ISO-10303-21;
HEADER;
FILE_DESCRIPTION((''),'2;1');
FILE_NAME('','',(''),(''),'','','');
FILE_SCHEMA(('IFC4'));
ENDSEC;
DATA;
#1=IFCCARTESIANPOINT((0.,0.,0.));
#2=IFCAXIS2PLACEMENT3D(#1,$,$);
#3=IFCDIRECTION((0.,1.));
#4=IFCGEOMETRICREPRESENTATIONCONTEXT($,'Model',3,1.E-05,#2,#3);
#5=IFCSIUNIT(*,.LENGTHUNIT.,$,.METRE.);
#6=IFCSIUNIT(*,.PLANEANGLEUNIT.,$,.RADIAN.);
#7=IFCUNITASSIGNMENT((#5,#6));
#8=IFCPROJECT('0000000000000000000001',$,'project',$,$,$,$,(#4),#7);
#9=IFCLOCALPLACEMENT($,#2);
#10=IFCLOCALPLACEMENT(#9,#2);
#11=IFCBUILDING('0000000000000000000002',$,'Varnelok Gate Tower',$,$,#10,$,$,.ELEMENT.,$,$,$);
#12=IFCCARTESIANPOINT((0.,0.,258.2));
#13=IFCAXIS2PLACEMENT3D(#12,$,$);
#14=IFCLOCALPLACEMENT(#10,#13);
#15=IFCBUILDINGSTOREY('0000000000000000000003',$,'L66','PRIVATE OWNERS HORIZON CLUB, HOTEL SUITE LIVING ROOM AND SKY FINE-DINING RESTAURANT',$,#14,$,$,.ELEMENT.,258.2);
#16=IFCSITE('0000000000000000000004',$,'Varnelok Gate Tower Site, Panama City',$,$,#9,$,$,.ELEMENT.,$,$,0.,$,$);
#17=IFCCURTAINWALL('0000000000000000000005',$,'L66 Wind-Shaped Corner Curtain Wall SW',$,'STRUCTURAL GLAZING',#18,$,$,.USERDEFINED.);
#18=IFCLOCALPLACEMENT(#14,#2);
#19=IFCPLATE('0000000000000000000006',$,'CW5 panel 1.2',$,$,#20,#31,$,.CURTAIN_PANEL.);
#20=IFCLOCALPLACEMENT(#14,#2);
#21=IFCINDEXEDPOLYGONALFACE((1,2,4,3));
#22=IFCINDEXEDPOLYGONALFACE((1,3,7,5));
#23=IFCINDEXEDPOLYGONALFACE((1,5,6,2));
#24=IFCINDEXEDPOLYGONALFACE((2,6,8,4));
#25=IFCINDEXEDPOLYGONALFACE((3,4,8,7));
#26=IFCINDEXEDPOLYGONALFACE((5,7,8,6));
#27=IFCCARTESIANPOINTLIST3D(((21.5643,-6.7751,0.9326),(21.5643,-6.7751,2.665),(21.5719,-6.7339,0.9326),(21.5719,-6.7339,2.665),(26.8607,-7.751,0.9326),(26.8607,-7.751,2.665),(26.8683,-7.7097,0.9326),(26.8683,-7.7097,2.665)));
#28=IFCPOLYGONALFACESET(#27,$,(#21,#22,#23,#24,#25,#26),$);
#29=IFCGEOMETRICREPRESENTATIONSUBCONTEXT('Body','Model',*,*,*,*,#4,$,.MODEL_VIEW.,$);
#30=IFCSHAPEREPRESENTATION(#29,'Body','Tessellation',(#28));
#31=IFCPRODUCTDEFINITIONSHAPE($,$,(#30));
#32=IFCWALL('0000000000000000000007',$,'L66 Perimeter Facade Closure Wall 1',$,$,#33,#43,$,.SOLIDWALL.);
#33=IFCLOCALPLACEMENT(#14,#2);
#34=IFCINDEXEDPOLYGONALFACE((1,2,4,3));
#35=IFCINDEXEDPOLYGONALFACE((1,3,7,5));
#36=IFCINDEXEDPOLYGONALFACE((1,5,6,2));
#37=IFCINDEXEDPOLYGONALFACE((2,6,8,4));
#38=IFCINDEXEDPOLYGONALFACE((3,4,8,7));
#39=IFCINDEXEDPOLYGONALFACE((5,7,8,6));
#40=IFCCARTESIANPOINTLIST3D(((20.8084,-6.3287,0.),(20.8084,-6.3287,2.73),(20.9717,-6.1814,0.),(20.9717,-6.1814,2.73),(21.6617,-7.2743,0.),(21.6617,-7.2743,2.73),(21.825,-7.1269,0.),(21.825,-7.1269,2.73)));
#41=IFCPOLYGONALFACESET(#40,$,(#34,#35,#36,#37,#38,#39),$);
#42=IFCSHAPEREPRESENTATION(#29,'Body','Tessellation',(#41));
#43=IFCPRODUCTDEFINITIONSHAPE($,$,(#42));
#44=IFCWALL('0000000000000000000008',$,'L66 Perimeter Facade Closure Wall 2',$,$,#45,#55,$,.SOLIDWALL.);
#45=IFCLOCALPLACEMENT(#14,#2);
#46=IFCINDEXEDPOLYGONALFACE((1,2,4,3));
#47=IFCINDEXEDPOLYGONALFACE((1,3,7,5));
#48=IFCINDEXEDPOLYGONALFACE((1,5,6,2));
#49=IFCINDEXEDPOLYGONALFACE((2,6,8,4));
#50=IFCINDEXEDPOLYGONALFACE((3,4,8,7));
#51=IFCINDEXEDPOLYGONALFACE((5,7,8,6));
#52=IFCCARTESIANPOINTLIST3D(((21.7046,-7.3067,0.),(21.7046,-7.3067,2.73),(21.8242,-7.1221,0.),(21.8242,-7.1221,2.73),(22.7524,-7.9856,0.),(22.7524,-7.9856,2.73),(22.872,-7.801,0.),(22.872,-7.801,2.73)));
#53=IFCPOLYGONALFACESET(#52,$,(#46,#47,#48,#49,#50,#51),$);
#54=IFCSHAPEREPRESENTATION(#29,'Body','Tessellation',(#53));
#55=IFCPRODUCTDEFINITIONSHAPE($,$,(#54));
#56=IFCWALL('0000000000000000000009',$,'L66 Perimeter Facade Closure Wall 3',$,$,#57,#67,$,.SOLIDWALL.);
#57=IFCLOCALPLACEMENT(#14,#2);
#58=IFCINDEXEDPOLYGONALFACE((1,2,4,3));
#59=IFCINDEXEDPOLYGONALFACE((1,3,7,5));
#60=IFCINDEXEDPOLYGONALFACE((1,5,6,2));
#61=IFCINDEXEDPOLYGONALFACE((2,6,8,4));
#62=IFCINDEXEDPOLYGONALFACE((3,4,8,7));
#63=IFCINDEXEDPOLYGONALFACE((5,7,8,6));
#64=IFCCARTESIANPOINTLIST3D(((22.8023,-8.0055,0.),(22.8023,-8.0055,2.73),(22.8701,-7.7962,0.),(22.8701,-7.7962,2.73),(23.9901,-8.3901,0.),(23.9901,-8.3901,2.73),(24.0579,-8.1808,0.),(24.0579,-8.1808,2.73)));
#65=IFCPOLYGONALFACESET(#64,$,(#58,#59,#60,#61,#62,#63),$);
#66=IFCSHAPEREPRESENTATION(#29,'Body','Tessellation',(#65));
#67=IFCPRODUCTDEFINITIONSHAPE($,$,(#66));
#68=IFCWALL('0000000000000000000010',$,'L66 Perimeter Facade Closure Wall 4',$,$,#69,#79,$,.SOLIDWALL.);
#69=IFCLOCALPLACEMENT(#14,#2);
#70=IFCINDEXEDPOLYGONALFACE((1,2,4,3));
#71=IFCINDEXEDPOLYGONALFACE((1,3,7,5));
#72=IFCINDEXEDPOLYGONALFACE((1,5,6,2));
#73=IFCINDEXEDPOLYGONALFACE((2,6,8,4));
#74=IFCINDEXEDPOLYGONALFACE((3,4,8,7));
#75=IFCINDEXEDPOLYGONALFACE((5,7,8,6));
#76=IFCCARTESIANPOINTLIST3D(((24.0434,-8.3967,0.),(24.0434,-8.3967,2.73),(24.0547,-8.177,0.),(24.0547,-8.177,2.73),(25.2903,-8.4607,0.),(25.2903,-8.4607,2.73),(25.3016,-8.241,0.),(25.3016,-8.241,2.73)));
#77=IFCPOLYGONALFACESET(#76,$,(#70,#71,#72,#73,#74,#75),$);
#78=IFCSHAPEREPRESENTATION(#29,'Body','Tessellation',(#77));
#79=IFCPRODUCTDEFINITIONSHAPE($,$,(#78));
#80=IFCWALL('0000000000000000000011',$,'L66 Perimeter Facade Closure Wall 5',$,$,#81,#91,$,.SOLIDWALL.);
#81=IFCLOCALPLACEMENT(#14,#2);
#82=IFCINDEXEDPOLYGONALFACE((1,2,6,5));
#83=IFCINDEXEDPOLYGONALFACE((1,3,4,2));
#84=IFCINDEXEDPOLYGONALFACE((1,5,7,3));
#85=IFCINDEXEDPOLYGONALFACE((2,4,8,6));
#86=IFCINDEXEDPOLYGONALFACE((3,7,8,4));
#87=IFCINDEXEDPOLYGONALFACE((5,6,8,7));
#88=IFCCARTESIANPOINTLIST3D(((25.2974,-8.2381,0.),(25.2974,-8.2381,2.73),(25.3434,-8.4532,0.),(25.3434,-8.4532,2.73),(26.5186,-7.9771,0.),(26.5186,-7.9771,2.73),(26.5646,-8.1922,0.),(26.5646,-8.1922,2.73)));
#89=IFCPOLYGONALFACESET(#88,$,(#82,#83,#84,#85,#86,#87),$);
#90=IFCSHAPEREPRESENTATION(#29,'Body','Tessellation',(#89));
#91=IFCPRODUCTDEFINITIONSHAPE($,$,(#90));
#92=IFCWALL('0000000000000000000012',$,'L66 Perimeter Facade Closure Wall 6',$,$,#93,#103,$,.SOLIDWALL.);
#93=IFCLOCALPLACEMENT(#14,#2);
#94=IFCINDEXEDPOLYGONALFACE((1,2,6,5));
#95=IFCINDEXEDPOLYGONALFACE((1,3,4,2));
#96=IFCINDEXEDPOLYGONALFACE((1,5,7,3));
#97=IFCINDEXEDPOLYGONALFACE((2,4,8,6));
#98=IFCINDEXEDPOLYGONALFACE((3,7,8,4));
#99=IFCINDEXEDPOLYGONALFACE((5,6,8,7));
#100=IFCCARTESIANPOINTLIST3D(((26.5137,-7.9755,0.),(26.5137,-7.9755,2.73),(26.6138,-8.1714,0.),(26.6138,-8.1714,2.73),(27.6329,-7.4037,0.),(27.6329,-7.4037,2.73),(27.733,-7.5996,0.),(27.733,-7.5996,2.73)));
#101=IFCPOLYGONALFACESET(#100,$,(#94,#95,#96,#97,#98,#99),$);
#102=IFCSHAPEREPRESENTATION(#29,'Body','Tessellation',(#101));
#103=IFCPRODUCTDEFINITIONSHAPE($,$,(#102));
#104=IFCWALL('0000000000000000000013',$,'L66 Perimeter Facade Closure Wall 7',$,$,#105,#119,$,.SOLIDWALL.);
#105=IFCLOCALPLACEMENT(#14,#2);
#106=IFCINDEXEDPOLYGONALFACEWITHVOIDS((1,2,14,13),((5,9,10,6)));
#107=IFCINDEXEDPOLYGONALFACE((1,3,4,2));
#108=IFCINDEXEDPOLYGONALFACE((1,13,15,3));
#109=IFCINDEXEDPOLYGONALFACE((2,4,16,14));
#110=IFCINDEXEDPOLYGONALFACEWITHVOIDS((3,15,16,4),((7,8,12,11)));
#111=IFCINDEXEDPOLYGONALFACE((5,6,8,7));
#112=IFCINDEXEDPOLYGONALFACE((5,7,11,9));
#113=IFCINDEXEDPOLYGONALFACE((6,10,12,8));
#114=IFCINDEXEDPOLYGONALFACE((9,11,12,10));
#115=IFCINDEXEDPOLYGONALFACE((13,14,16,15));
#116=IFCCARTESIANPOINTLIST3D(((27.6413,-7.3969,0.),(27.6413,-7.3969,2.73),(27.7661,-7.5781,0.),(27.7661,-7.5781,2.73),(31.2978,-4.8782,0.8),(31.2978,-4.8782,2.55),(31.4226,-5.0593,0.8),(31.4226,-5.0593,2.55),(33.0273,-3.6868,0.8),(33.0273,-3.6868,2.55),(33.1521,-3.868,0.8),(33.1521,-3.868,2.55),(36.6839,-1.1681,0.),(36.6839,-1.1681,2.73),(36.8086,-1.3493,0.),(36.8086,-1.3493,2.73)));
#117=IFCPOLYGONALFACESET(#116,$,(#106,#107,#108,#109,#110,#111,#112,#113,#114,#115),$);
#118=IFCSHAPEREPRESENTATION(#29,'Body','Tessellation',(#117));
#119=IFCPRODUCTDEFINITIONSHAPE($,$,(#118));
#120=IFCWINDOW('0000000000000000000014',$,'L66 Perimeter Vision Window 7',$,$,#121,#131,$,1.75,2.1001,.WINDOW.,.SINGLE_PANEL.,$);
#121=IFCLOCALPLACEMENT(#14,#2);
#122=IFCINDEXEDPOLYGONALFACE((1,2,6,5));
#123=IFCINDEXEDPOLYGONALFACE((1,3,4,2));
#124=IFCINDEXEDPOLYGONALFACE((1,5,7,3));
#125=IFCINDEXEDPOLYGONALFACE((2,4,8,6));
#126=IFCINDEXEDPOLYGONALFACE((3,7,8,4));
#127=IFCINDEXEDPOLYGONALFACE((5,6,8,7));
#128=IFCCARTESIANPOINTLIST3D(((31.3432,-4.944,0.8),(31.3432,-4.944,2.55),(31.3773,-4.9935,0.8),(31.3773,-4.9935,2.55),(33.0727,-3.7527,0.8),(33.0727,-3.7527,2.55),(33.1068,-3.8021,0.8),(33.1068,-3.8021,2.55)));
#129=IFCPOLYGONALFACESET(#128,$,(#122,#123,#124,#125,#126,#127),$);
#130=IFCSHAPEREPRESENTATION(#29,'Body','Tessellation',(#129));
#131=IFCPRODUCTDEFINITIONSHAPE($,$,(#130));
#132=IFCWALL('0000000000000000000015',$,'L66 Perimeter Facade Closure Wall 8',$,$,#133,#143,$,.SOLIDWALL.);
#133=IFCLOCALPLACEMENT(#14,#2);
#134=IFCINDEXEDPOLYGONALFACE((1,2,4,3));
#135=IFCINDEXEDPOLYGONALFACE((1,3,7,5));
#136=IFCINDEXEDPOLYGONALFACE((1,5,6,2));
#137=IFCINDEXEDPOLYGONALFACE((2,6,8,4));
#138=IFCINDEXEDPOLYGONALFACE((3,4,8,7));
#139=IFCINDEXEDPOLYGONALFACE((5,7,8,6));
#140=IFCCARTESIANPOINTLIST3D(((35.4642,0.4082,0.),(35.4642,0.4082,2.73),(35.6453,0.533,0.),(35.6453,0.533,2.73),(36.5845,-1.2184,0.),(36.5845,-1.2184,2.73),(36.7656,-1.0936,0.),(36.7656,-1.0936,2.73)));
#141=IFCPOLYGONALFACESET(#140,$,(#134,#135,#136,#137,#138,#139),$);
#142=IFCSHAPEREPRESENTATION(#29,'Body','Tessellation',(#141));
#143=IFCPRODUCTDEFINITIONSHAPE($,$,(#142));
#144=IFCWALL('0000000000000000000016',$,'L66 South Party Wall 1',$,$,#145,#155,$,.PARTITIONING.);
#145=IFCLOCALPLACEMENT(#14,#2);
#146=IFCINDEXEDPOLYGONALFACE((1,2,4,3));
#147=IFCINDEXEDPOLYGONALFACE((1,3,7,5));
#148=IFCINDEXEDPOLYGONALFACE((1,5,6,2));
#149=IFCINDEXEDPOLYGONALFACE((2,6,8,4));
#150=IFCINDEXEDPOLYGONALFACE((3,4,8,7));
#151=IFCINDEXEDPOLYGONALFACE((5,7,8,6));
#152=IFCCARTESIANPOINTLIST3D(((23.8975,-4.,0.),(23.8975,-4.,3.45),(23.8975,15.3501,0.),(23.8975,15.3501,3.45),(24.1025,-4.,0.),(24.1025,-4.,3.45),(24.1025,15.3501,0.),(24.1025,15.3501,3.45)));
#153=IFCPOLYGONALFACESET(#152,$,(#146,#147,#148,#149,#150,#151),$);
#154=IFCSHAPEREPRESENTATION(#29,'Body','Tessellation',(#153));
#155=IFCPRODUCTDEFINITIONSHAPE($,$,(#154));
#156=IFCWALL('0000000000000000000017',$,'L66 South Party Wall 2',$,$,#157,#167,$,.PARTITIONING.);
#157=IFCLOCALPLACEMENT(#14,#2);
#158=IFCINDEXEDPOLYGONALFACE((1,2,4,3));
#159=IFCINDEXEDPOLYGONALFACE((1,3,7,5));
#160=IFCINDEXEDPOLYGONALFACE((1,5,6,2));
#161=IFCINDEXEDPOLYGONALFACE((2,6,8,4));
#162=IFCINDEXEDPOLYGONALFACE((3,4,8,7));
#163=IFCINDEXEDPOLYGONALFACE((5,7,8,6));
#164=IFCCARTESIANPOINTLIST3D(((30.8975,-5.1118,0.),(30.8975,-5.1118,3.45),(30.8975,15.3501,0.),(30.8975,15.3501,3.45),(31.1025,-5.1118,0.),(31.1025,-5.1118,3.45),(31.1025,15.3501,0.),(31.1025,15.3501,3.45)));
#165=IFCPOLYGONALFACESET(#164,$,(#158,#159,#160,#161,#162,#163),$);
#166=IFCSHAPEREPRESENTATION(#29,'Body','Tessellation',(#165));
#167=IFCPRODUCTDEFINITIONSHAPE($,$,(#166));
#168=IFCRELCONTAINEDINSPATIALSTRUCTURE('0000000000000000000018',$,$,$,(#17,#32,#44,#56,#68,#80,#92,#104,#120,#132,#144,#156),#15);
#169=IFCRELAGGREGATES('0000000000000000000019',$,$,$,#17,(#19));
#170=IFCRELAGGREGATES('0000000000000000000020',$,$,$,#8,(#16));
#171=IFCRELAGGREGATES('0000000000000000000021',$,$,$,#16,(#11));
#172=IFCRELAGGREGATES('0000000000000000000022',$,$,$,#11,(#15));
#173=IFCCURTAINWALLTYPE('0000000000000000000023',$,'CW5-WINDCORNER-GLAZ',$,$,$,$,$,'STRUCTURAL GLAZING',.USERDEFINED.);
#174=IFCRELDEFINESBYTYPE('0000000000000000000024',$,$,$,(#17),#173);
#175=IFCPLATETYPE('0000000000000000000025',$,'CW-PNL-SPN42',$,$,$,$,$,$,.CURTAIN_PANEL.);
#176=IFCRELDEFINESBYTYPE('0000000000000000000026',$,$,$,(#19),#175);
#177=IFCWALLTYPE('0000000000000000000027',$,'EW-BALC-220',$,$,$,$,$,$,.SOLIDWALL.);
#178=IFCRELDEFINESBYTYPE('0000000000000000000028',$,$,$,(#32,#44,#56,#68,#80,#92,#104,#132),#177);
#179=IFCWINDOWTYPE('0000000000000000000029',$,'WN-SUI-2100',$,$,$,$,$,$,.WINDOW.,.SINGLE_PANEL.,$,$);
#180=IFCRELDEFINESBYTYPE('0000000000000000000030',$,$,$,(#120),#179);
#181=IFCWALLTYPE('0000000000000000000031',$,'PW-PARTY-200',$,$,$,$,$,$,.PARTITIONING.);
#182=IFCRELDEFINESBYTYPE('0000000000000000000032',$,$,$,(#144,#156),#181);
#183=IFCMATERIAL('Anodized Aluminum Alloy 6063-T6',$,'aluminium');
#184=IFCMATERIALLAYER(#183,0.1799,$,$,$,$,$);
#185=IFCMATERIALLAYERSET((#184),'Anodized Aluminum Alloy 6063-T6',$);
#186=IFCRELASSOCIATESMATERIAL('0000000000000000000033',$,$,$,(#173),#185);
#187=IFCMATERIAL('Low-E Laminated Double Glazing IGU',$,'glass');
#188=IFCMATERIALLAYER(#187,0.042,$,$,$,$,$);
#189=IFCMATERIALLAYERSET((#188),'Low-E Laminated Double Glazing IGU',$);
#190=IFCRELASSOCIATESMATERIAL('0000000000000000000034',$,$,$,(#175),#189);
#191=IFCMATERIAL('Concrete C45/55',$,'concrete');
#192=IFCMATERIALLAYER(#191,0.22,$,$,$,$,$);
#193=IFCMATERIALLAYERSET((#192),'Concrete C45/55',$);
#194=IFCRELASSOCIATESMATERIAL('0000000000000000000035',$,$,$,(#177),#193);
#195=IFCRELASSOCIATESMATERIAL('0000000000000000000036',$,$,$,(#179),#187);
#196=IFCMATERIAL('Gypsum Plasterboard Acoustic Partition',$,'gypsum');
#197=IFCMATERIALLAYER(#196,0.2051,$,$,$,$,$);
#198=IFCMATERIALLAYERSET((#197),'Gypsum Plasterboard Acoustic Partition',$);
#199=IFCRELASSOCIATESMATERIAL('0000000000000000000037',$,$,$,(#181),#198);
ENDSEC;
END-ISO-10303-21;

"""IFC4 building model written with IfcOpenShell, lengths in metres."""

from ifc_helpers import new_model, si_unit, direction, frame, frame_2d, origin, origin_2d, place, context, subcontext, project, spatial, rectangle, extrude, source, transform, mapped, material, layer, layer_set, type_object, element, fill, aggregate, save


model = new_model("IFC4")

# Units and contexts
model_context = context("Model", 3, precision=1e-05, world=origin(), true_north=direction((0.0, 1.0)))
body_context = subcontext(model_context, "Body", "Model", "MODEL_VIEW")
ifc_project = project(units=[si_unit("LENGTHUNIT", "METRE"), si_unit("PLANEANGLEUNIT", "RADIAN")], contexts=[model_context])

# Site, building, storey
site_placement = place(None, origin())
site = spatial("IfcSite", under=ifc_project, at=site_placement, Name="Varnelok Gate Tower Site, Panama City", CompositionType="ELEMENT", RefElevation=0.0)
building_placement = place(site_placement, origin())
building = spatial("IfcBuilding", under=site, at=building_placement, Name="Varnelok Gate Tower", CompositionType="ELEMENT")
storey_placement = place(building_placement, frame((0.0, 0.0, 258.2)))
storey = spatial("IfcBuildingStorey", under=building, at=storey_placement, Name="L66", Description="PRIVATE OWNERS HORIZON CLUB, HOTEL SUITE LIVING ROOM AND SKY FINE-DINING RESTAURANT", CompositionType="ELEMENT", Elevation=258.2)

# Curtain wall
ifc_material_1 = material(Name="Anodized Aluminum Alloy 6063-T6", Category="aluminium")
ifc_layer_1 = layer(ifc_material_1, 0.1799)
ifc_layer_set_1 = layer_set([ifc_layer_1], Name="Anodized Aluminum Alloy 6063-T6")
curtain_wall_type_1 = type_object("IfcCurtainWallType", Name="CW5-WINDCORNER-GLAZ", ElementType="STRUCTURAL GLAZING", PredefinedType="USERDEFINED", material=ifc_layer_set_1)
curtain_wall_1_placement = place(storey_placement, origin())
curtain_wall_1 = element("IfcCurtainWall", 1, at=curtain_wall_1_placement, inside=storey, type_object=curtain_wall_type_1, Name="L66 Wind-Shaped Corner Curtain Wall SW", ObjectType="STRUCTURAL GLAZING", PredefinedType="USERDEFINED")

# Plate
ifc_material_2 = material(Name="Low-E Laminated Double Glazing IGU", Category="glass")
ifc_layer_2 = layer(ifc_material_2, 0.042)
ifc_layer_set_2 = layer_set([ifc_layer_2], Name="Low-E Laminated Double Glazing IGU")
plate_type = type_object("IfcPlateType", Name="CW-PNL-SPN42", PredefinedType="CURTAIN_PANEL", material=ifc_layer_set_2)
shared_shape_1 = source(origin(), body_context, "Body", "SweptSolid", [
    extrude(rectangle(XDim=5.3855, YDim=0.042, at=origin_2d()), origin(), (0.0, 0.0, 1.0), 1.7324),
])
plate_1_placement = place(storey_placement, frame((24.2163, -7.2424, 0.9326), z_axis=(0.0, 0.0, 1.0), x_axis=(0.983446, -0.181202, 0.0)))
plate_1 = element("IfcPlate", 2, at=plate_1_placement, type_object=plate_type, Name="CW5 panel 1.2", PredefinedType="CURTAIN_PANEL", context=body_context, shape_type="MappedRepresentation", body=[
    mapped(shared_shape_1, transform((0.0, 0.0, 0.0), scale=1.0)),
])
aggregate(curtain_wall_1, [plate_1])

# Walls
ifc_material_3 = material(Name="Concrete C45/55", Category="concrete")
ifc_layer_3 = layer(ifc_material_3, 0.22)
ifc_layer_set_3 = layer_set([ifc_layer_3], Name="Concrete C45/55")
wall_type_1 = type_object("IfcWallType", Name="EW-BALC-220", PredefinedType="SOLIDWALL", material=ifc_layer_set_3)
wall_1_placement = place(storey_placement, frame((20.8901, -6.2551, 0.0), z_axis=(0.0, 0.0, 1.0), x_axis=(0.669949, -0.742407, 0.0)))
element("IfcWall", 3, at=wall_1_placement, inside=storey, type_object=wall_type_1, Name="L66 Perimeter Facade Closure Wall 1", PredefinedType="SOLIDWALL", context=body_context, shape_type="SweptSolid", body=[
    extrude(rectangle(XDim=1.2737, YDim=0.22, at=frame_2d((0.6367, 0.0))), origin(), (0.0, 0.0, 1.0), 2.73),
])
for number, where, z_axis, x_axis, name in (
    (4, (21.7644, -7.2144, 0.0), (0.0, 0.0, 1.0), (0.839229, -0.543778, 0.0), "L66 Perimeter Facade Closure Wall 2"),
    (5, (22.8362, -7.9009, 0.0), (0.0, 0.0, 1.0), (0.951386, -0.308003, 0.0), "L66 Perimeter Facade Closure Wall 3"),
    (6, (24.0491, -8.2869, 0.0), (0.0, 0.0, 1.0), (0.998687, -0.051235, 0.0), "L66 Perimeter Facade Closure Wall 4"),
):
    element("IfcWall", number, at=place(storey_placement, frame(where, z_axis=z_axis, x_axis=x_axis)), inside=storey, type_object=wall_type_1, Name=name, PredefinedType="SOLIDWALL", context=body_context, shape_type="SweptSolid", body=[
        extrude(rectangle(XDim=1.2485, YDim=0.22, at=frame_2d((0.6243, 0.0))), origin(), (0.0, 0.0, 1.0), 2.73),
    ])
wall_2_placement = place(storey_placement, frame((25.3203, -8.3457, 0.0), z_axis=(0.0, 0.0, 1.0), x_axis=(0.977917, 0.208995, 0.0)))
element("IfcWall", 7, at=wall_2_placement, inside=storey, type_object=wall_type_1, Name="L66 Perimeter Facade Closure Wall 5", PredefinedType="SOLIDWALL", context=body_context, shape_type="SweptSolid", body=[
    extrude(rectangle(XDim=1.2488, YDim=0.22, at=frame_2d((0.6245, 0.0))), origin(), (0.0, 0.0, 1.0), 2.73),
])
wall_3_placement = place(storey_placement, frame((26.5637, -8.0735, 0.0), z_axis=(0.0, 0.0, 1.0), x_axis=(0.890508, 0.454967, 0.0)))
element("IfcWall", 8, at=wall_3_placement, inside=storey, type_object=wall_type_1, Name="L66 Perimeter Facade Closure Wall 6", PredefinedType="SOLIDWALL", context=body_context, shape_type="SweptSolid", body=[
    extrude(rectangle(XDim=1.2568, YDim=0.22, at=frame_2d((0.6284, 0.0))), origin(), (0.0, 0.0, 1.0), 2.73),
])

# Wall, opening, window
wall_4_placement = place(storey_placement, frame((27.7036, -7.4875, 0.0), z_axis=(0.0, 0.0, 1.0), x_axis=(0.823529, 0.567274, 0.0)))
wall_4 = element("IfcWall", 9, at=wall_4_placement, inside=storey, type_object=wall_type_1, Name="L66 Perimeter Facade Closure Wall 7", PredefinedType="SOLIDWALL", context=body_context, shape_type="SweptSolid", body=[
    extrude(rectangle(XDim=10.9802, YDim=0.22, at=frame_2d((5.4902, 0.0))), origin(), (0.0, 0.0, 1.0), 2.73),
])
opening_placement = place(wall_4_placement, frame((4.4402, 0.0, 0.8)))
opening = element("IfcOpeningElement", 10, at=opening_placement, cuts=wall_4, PredefinedType="OPENING", context=body_context, shape_type="SweptSolid", body=[
    extrude(rectangle(XDim=2.1001, YDim=1.75, at=frame_2d((1.05, 0.875))), frame((0.0, 0.1199, 0.0), z_axis=(0.0, -1.0, 0.0), x_axis=(1.0, 0.0, 0.0)), (0.0, 0.0, 1.0), 0.24),
])
window_type = type_object("IfcWindowType", Name="WN-SUI-2100", PartitioningType="SINGLE_PANEL", PredefinedType="WINDOW", material=ifc_material_2)
window_placement = place(opening_placement, origin())
window = element("IfcWindow", 11, at=window_placement, inside=storey, type_object=window_type, Name="L66 Perimeter Vision Window 7", OverallHeight=1.75, OverallWidth=2.1001, PartitioningType="SINGLE_PANEL", PredefinedType="WINDOW", context=body_context, shape_type="SweptSolid", body=[
    extrude(rectangle(XDim=2.1001, YDim=1.75, at=frame_2d((1.05, 0.875))), frame((0.0, 0.03, 0.0), z_axis=(0.0, -1.0, 0.0), x_axis=(1.0, 0.0, 0.0)), (0.0, 0.0, 1.0), 0.0601),
])
fill(opening, window)

# Walls
wall_5_placement = place(storey_placement, frame((36.675, -1.156, 0.0), z_axis=(0.0, 0.0, 1.0), x_axis=(-0.567216, 0.823569, 0.0)))
element("IfcWall", 12, at=wall_5_placement, inside=storey, type_object=wall_type_1, Name="L66 Perimeter Facade Closure Wall 8", PredefinedType="SOLIDWALL", context=body_context, shape_type="SweptSolid", body=[
    extrude(rectangle(XDim=1.9751, YDim=0.22, at=frame_2d((0.9875, 0.0))), origin(), (0.0, 0.0, 1.0), 2.73),
])
ifc_material_4 = material(Name="Gypsum Plasterboard Acoustic Partition", Category="gypsum")
ifc_layer_4 = layer(ifc_material_4, 0.2051)
ifc_layer_set_4 = layer_set([ifc_layer_4], Name="Gypsum Plasterboard Acoustic Partition")
wall_type_2 = type_object("IfcWallType", Name="PW-PARTY-200", PredefinedType="PARTITIONING", material=ifc_layer_set_4)
wall_6_placement = place(storey_placement, frame((24.0, -4.0, 0.0), z_axis=(0.0, 0.0, 1.0), x_axis=(0.0, 1.0, 0.0)))
element("IfcWall", 13, at=wall_6_placement, inside=storey, type_object=wall_type_2, Name="L66 South Party Wall 1", PredefinedType="PARTITIONING", context=body_context, shape_type="SweptSolid", body=[
    extrude(rectangle(XDim=19.3501, YDim=0.2051, at=frame_2d((9.675, 0.0))), origin(), (0.0, 0.0, 1.0), 3.45),
])
wall_7_placement = place(storey_placement, frame((31.0, -5.1118, 0.0), z_axis=(0.0, 0.0, 1.0), x_axis=(0.0, 1.0, 0.0)))
element("IfcWall", 14, at=wall_7_placement, inside=storey, type_object=wall_type_2, Name="L66 South Party Wall 2", PredefinedType="PARTITIONING", context=body_context, shape_type="SweptSolid", body=[
    extrude(rectangle(XDim=20.4619, YDim=0.2051, at=frame_2d((10.231, 0.0))), origin(), (0.0, 0.0, 1.0), 3.45),
])

save(model, "model.ifc")
